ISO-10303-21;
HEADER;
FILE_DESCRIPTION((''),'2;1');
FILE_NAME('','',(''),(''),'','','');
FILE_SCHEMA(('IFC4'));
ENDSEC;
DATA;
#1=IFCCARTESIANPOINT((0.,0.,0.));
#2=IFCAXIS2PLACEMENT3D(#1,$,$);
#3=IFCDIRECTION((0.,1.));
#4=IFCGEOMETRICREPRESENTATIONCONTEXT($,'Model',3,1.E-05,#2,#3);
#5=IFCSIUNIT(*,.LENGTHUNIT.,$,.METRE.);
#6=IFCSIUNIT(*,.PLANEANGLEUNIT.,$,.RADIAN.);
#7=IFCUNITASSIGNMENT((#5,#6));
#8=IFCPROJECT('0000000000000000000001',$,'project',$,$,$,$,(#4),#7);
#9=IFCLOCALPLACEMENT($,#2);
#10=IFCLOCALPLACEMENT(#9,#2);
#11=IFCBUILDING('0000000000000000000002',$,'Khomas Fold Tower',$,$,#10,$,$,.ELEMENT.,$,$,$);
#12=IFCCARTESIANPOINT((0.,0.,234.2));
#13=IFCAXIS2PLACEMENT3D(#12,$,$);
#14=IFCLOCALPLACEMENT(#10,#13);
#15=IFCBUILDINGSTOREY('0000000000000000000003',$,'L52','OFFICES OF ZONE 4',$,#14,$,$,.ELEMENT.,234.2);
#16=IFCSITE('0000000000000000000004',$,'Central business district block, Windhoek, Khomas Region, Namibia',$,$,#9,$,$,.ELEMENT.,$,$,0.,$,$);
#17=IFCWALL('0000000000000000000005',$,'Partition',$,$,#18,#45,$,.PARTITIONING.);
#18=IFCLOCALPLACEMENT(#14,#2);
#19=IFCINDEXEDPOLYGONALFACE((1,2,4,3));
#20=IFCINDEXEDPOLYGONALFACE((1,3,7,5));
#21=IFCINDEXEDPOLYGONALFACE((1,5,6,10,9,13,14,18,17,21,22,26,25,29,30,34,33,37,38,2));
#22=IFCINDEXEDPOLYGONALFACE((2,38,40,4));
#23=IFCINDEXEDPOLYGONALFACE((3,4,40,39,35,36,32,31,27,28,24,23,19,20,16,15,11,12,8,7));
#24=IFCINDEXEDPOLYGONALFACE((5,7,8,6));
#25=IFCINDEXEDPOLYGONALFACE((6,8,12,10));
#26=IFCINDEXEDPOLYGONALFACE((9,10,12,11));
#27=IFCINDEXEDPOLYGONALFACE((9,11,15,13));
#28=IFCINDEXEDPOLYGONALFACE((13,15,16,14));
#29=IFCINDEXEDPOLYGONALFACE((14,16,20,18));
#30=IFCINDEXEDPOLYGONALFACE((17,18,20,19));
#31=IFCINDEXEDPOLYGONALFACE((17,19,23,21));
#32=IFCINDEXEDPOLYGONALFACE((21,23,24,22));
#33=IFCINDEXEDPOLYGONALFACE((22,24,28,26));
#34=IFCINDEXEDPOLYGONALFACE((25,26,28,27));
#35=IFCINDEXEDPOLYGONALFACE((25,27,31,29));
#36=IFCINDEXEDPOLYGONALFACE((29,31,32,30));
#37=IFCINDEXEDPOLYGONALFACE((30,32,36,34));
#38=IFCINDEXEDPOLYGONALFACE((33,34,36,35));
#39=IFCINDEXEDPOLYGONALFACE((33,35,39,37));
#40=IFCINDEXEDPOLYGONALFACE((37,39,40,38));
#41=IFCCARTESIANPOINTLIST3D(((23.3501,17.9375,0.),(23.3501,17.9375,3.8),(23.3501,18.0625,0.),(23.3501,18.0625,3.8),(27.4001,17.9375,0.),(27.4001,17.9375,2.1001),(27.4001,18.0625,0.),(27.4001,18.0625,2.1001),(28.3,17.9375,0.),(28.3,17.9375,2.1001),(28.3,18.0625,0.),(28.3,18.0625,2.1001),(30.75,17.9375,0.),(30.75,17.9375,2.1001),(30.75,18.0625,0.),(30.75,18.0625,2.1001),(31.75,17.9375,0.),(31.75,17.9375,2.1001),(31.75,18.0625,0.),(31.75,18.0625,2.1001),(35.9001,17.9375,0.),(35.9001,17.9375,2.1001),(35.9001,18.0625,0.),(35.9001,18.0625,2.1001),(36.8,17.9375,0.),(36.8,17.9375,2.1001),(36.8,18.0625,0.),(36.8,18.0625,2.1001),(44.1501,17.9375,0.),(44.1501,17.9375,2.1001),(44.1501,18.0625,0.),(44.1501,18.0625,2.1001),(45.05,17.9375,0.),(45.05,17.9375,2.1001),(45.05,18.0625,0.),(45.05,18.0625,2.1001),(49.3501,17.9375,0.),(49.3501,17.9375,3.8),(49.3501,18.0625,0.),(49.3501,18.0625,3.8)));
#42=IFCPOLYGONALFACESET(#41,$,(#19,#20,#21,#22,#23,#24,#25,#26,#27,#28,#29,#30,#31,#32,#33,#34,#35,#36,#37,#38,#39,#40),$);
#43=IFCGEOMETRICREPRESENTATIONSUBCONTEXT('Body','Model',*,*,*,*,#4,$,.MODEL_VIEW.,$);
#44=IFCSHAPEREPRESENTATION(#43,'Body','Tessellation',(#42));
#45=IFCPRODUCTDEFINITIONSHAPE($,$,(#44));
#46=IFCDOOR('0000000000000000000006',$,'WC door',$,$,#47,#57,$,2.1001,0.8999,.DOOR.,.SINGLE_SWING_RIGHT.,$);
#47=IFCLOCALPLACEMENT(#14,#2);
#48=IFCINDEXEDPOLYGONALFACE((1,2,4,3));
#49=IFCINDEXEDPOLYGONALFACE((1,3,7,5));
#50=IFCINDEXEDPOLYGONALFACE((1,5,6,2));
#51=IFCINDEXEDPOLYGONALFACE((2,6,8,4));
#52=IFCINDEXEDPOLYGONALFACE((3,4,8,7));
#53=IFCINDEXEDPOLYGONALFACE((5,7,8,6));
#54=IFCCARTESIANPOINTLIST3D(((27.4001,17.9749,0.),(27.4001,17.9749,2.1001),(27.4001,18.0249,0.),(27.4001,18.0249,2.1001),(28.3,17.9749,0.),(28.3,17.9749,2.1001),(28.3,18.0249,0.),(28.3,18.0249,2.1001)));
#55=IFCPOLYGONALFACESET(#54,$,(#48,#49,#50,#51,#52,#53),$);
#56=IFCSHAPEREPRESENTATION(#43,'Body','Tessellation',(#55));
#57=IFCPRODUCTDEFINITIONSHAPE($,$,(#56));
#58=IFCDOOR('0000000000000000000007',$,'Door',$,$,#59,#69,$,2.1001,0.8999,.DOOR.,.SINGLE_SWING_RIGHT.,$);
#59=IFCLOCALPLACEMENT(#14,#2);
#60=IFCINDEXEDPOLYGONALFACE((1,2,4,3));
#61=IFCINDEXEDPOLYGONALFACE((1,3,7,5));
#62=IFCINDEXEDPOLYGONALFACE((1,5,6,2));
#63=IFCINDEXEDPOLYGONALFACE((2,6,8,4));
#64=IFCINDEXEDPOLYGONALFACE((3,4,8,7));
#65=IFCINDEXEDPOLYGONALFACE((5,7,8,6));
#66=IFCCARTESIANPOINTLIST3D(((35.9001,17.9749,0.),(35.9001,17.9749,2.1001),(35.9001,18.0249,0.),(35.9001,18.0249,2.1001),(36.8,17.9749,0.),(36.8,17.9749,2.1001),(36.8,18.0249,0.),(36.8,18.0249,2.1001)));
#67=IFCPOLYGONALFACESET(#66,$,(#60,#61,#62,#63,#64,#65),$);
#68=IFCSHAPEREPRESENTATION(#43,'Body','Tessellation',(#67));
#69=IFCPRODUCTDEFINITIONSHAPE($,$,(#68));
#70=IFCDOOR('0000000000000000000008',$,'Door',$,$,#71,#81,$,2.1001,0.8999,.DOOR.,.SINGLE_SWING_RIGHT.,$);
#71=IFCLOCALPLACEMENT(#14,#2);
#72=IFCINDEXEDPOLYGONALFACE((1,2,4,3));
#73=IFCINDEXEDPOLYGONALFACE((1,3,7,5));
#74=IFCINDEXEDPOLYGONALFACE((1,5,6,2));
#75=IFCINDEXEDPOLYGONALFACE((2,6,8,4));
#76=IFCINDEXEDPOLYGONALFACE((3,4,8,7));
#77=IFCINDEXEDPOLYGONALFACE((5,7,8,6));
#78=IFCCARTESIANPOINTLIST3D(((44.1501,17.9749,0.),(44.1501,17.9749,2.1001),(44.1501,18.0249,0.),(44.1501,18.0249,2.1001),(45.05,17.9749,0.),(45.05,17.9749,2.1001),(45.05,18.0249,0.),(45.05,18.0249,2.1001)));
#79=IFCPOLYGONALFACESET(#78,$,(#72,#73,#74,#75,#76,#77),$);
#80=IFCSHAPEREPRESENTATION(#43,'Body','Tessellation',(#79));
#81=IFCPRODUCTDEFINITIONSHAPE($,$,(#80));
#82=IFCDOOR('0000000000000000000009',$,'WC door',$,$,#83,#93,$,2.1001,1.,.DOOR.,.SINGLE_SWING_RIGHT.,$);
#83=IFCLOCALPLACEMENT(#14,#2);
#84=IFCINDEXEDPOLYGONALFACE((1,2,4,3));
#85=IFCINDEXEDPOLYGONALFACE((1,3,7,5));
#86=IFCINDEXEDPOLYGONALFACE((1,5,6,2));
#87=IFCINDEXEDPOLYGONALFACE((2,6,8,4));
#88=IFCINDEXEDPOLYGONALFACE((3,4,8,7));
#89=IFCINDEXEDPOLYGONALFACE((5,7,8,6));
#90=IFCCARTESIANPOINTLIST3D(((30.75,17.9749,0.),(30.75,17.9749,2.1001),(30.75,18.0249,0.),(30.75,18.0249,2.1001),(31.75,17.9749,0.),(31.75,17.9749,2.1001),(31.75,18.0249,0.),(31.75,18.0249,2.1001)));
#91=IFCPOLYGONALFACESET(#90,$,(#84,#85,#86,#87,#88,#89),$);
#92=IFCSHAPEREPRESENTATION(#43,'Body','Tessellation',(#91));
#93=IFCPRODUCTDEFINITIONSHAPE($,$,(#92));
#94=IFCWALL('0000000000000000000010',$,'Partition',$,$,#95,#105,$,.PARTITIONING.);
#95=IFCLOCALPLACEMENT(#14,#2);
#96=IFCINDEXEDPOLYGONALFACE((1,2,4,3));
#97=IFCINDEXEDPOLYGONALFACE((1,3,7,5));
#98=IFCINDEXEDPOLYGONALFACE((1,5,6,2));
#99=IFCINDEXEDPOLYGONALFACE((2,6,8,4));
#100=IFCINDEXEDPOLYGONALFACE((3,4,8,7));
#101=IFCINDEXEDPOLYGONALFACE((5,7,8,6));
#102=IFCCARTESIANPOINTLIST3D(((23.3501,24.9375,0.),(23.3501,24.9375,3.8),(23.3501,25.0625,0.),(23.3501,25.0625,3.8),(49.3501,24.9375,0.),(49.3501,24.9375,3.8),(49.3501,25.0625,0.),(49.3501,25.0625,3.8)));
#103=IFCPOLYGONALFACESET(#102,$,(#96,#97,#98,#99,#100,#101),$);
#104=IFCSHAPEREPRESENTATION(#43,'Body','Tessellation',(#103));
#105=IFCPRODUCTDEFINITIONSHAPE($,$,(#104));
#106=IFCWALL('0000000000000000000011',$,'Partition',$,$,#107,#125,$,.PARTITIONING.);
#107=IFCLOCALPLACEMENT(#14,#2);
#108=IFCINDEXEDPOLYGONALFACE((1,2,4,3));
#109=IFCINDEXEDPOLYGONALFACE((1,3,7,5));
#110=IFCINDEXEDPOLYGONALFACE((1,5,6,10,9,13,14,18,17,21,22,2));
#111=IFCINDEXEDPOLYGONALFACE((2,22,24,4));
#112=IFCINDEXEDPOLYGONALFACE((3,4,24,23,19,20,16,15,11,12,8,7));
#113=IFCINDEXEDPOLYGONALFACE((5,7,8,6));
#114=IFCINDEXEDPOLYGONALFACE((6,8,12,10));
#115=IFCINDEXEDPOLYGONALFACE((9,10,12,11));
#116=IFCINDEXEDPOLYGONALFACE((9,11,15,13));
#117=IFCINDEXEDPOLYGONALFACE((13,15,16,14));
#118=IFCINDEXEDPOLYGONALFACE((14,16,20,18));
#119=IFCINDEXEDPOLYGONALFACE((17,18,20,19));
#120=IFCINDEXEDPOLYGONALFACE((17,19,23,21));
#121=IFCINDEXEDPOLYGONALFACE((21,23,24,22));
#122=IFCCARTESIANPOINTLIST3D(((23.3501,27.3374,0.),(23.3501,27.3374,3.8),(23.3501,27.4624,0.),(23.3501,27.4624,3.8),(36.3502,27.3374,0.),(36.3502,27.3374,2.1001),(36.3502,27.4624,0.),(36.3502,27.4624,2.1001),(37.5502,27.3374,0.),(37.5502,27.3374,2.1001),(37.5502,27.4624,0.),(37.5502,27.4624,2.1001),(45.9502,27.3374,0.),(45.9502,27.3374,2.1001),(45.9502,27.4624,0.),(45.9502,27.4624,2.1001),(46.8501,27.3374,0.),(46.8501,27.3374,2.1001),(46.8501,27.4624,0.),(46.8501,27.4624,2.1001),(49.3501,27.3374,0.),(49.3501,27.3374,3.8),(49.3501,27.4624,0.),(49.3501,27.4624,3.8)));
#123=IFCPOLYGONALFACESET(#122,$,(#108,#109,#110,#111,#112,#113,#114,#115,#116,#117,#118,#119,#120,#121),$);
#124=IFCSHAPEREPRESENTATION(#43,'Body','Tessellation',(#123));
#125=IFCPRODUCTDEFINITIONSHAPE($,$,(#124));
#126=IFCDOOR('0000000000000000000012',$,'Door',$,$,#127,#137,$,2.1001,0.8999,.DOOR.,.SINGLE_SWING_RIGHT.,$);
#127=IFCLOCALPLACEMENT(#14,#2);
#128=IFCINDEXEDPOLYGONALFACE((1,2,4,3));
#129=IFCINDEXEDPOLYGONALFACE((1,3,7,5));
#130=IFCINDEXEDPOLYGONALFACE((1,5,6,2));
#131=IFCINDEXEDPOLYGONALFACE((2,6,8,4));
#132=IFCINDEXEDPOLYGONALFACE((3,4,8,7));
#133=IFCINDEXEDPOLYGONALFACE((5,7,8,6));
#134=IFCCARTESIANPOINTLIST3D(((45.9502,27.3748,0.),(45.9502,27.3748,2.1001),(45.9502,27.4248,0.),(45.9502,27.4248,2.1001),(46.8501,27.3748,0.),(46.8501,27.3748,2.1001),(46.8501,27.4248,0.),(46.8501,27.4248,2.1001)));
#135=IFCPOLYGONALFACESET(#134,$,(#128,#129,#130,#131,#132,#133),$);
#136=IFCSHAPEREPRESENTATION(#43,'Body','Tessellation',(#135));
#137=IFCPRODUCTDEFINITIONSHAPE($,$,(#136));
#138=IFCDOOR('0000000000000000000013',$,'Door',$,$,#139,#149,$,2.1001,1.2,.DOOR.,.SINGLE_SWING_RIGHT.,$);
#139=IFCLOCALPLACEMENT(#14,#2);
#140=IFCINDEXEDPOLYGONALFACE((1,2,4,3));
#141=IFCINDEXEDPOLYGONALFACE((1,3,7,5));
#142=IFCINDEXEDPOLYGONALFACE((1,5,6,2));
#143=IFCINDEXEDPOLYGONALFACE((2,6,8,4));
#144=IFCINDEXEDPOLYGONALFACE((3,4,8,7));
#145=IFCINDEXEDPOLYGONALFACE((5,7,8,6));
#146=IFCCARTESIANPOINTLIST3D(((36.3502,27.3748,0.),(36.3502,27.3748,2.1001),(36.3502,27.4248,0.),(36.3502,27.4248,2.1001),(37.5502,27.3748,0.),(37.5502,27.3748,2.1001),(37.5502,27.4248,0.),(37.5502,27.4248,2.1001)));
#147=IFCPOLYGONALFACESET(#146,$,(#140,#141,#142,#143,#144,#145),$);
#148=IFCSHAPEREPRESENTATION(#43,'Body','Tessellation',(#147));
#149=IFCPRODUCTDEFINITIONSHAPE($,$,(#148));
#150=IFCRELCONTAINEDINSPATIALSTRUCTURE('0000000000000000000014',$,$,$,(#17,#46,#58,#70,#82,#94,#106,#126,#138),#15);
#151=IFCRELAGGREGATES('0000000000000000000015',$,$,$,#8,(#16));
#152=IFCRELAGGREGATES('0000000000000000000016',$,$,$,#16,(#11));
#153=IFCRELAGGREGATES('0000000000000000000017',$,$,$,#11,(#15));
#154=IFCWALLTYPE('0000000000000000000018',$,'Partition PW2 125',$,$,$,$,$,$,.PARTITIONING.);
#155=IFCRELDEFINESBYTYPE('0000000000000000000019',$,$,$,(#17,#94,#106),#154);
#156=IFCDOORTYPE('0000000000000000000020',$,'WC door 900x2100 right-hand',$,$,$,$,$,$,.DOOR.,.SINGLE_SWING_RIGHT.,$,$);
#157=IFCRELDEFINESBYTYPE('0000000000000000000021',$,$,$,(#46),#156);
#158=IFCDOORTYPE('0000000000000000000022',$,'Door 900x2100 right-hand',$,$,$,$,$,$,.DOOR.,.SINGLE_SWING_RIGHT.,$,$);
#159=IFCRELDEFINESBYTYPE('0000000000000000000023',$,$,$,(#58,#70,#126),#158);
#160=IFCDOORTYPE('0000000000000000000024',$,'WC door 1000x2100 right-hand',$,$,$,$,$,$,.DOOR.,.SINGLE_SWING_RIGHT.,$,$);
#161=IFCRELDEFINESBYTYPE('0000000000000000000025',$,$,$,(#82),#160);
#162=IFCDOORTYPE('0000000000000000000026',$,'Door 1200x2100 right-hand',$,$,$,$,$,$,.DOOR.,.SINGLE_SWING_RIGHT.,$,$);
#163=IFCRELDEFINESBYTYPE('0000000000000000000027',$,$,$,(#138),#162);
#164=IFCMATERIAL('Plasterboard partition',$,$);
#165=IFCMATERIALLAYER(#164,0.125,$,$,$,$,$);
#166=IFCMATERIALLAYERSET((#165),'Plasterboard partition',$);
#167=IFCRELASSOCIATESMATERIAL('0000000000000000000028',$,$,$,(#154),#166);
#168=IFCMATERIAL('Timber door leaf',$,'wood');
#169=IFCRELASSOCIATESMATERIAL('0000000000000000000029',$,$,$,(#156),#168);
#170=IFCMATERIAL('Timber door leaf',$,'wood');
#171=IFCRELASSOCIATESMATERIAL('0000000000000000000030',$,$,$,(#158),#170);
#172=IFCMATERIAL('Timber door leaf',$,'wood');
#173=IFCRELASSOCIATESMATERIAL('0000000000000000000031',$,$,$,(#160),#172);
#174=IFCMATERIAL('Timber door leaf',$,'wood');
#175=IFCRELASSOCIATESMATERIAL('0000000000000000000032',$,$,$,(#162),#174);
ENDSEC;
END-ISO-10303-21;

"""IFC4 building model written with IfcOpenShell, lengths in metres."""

from ifc_helpers import new_model, si_unit, direction, frame, frame_2d, origin, place, context, subcontext, project, spatial, rectangle, extrude, source, transform, mapped, material, layer, layer_set, type_object, element, fill, save


model = new_model("IFC4")

# Units and contexts
model_context = context("Model", 3, precision=1e-05, world=origin(), true_north=direction((0.0, 1.0)))
body_context = subcontext(model_context, "Body", "Model", "MODEL_VIEW")
ifc_project = project(units=[si_unit("LENGTHUNIT", "METRE"), si_unit("PLANEANGLEUNIT", "RADIAN")], contexts=[model_context])

# Site, building, storey
site_placement = place(None, origin())
site = spatial("IfcSite", under=ifc_project, at=site_placement, Name="Central business district block, Windhoek, Khomas Region, Namibia", CompositionType="ELEMENT", RefElevation=0.0)
building_placement = place(site_placement, origin())
building = spatial("IfcBuilding", under=site, at=building_placement, Name="Khomas Fold Tower", CompositionType="ELEMENT")
storey_placement = place(building_placement, frame((0.0, 0.0, 234.2)))
storey = spatial("IfcBuildingStorey", under=building, at=storey_placement, Name="L52", Description="OFFICES OF ZONE 4", CompositionType="ELEMENT", Elevation=234.2)

# Wall, openings, doors
ifc_material_1 = material(Name="Plasterboard partition")
ifc_layer_1 = layer(ifc_material_1, 0.125)
ifc_layer_set_1 = layer_set([ifc_layer_1], Name="Plasterboard partition")
wall_type_1 = type_object("IfcWallType", Name="Partition PW2 125", PredefinedType="PARTITIONING", material=ifc_layer_set_1)
shared_shape_1 = source(origin(), body_context, "Body", "SweptSolid", [
    extrude(rectangle(XDim=26.0, YDim=0.125, at=frame_2d((13.0, 0.0))), origin(), (0.0, 0.0, 1.0), 3.8),
])
wall_1_placement = place(storey_placement, frame((23.3501, 18.0, 0.0), z_axis=(0.0, 0.0, 1.0), x_axis=(1.0, 0.0, 0.0)))
wall_1 = element("IfcWall", 1, at=wall_1_placement, inside=storey, type_object=wall_type_1, Name="Partition", PredefinedType="PARTITIONING", context=body_context, shape_type="MappedRepresentation", body=[
    mapped(shared_shape_1, transform((0.0, 0.0, 0.0))),
])
shared_shape_2 = source(origin(), body_context, "Body", "SweptSolid", [
    extrude(rectangle(XDim=0.8999, YDim=2.1001, at=frame_2d((0.45, 1.05))), frame((0.0, 0.0725, 0.0), z_axis=(0.0, -1.0, 0.0), x_axis=(1.0, 0.0, 0.0)), (0.0, 0.0, 1.0), 0.145),
])
opening_1_placement = place(wall_1_placement, frame((4.05, 0.0, 0.0)))
opening_1 = element("IfcOpeningElement", 2, at=opening_1_placement, cuts=wall_1, PredefinedType="OPENING", context=body_context, shape_type="MappedRepresentation", body=[
    mapped(shared_shape_2, transform((0.0, 0.0, 0.0))),
])
shared_shape_3 = source(origin(), body_context, "Body", "SweptSolid", [
    extrude(rectangle(XDim=1.0, YDim=2.1001, at=frame_2d((0.5, 1.05))), frame((0.0, 0.0725, 0.0), z_axis=(0.0, -1.0, 0.0), x_axis=(1.0, 0.0, 0.0)), (0.0, 0.0, 1.0), 0.145),
])
opening_2_placement = place(wall_1_placement, frame((7.3999, 0.0, 0.0)))
opening_2 = element("IfcOpeningElement", 3, at=opening_2_placement, cuts=wall_1, PredefinedType="OPENING", context=body_context, shape_type="MappedRepresentation", body=[
    mapped(shared_shape_3, transform((0.0, 0.0, 0.0))),
])
opening_3_placement = place(wall_1_placement, frame((12.55, 0.0, 0.0)))
opening_3 = element("IfcOpeningElement", 4, at=opening_3_placement, cuts=wall_1, PredefinedType="OPENING", context=body_context, shape_type="MappedRepresentation", body=[
    mapped(shared_shape_2, transform((0.0, 0.0, 0.0))),
])
opening_4_placement = place(wall_1_placement, frame((20.8, 0.0, 0.0)))
opening_4 = element("IfcOpeningElement", 5, at=opening_4_placement, cuts=wall_1, PredefinedType="OPENING", context=body_context, shape_type="MappedRepresentation", body=[
    mapped(shared_shape_2, transform((0.0, 0.0, 0.0))),
])
ifc_material_2 = material(Name="Timber door leaf", Category="wood")
door_type_1 = type_object("IfcDoorType", Name="WC door 900x2100 right-hand", OperationType="SINGLE_SWING_RIGHT", PredefinedType="DOOR", material=ifc_material_2)
shared_shape_4 = source(origin(), body_context, "Body", "SweptSolid", [
    extrude(rectangle(XDim=0.8999, YDim=2.1001, at=frame_2d((0.45, 1.05))), frame((0.0, 0.0249, 0.0), z_axis=(0.0, -1.0, 0.0), x_axis=(1.0, 0.0, 0.0)), (0.0, 0.0, 1.0), 0.05),
])
door_1_placement = place(opening_1_placement, origin())
door_1 = element("IfcDoor", 6, at=door_1_placement, inside=storey, type_object=door_type_1, Name="WC door", OperationType="SINGLE_SWING_RIGHT", OverallHeight=2.1001, OverallWidth=0.8999, PredefinedType="DOOR", context=body_context, shape_type="MappedRepresentation", body=[
    mapped(shared_shape_4, transform((0.0, 0.0, 0.0))),
])
fill(opening_1, door_1)
ifc_material_3 = material(Name="Timber door leaf", Category="wood")
door_type_2 = type_object("IfcDoorType", Name="Door 900x2100 right-hand", OperationType="SINGLE_SWING_RIGHT", PredefinedType="DOOR", material=ifc_material_3)
door_2_placement = place(opening_3_placement, origin())
door_2 = element("IfcDoor", 7, at=door_2_placement, inside=storey, type_object=door_type_2, Name="Door", OperationType="SINGLE_SWING_RIGHT", OverallHeight=2.1001, OverallWidth=0.8999, PredefinedType="DOOR", context=body_context, shape_type="MappedRepresentation", body=[
    mapped(shared_shape_4, transform((0.0, 0.0, 0.0))),
])
fill(opening_3, door_2)
door_3_placement = place(opening_4_placement, origin())
door_3 = element("IfcDoor", 8, at=door_3_placement, inside=storey, type_object=door_type_2, Name="Door", OperationType="SINGLE_SWING_RIGHT", OverallHeight=2.1001, OverallWidth=0.8999, PredefinedType="DOOR", context=body_context, shape_type="MappedRepresentation", body=[
    mapped(shared_shape_4, transform((0.0, 0.0, 0.0))),
])
fill(opening_4, door_3)
ifc_material_4 = material(Name="Timber door leaf", Category="wood")
door_type_3 = type_object("IfcDoorType", Name="WC door 1000x2100 right-hand", OperationType="SINGLE_SWING_RIGHT", PredefinedType="DOOR", material=ifc_material_4)
shared_shape_5 = source(origin(), body_context, "Body", "SweptSolid", [
    extrude(rectangle(XDim=1.0, YDim=2.1001, at=frame_2d((0.5, 1.05))), frame((0.0, 0.0249, 0.0), z_axis=(0.0, -1.0, 0.0), x_axis=(1.0, 0.0, 0.0)), (0.0, 0.0, 1.0), 0.05),
])
door_4_placement = place(opening_2_placement, origin())
door_4 = element("IfcDoor", 9, at=door_4_placement, inside=storey, type_object=door_type_3, Name="WC door", OperationType="SINGLE_SWING_RIGHT", OverallHeight=2.1001, OverallWidth=1.0, PredefinedType="DOOR", context=body_context, shape_type="MappedRepresentation", body=[
    mapped(shared_shape_5, transform((0.0, 0.0, 0.0))),
])
fill(opening_2, door_4)

# Wall
wall_2_placement = place(storey_placement, frame((23.3501, 25.0, 0.0), z_axis=(0.0, 0.0, 1.0), x_axis=(1.0, 0.0, 0.0)))
element("IfcWall", 10, at=wall_2_placement, inside=storey, type_object=wall_type_1, Name="Partition", PredefinedType="PARTITIONING", context=body_context, shape_type="MappedRepresentation", body=[
    mapped(shared_shape_1, transform((0.0, 0.0, 0.0))),
])

# Wall, openings, doors
wall_3_placement = place(storey_placement, frame((23.3501, 27.3999, 0.0), z_axis=(0.0, 0.0, 1.0), x_axis=(1.0, 0.0, 0.0)))
wall_3 = element("IfcWall", 11, at=wall_3_placement, inside=storey, type_object=wall_type_1, Name="Partition", PredefinedType="PARTITIONING", context=body_context, shape_type="MappedRepresentation", body=[
    mapped(shared_shape_1, transform((0.0, 0.0, 0.0))),
])
shared_shape_6 = source(origin(), body_context, "Body", "SweptSolid", [
    extrude(rectangle(XDim=1.2, YDim=2.1001, at=frame_2d((0.6001, 1.05))), frame((0.0, 0.0725, 0.0), z_axis=(0.0, -1.0, 0.0), x_axis=(1.0, 0.0, 0.0)), (0.0, 0.0, 1.0), 0.145),
])
opening_5_placement = place(wall_3_placement, frame((13.0, 0.0, 0.0)))
opening_5 = element("IfcOpeningElement", 12, at=opening_5_placement, cuts=wall_3, PredefinedType="OPENING", context=body_context, shape_type="MappedRepresentation", body=[
    mapped(shared_shape_6, transform((0.0, 0.0, 0.0))),
])
opening_6_placement = place(wall_3_placement, frame((22.6001, 0.0, 0.0)))
opening_6 = element("IfcOpeningElement", 13, at=opening_6_placement, cuts=wall_3, PredefinedType="OPENING", context=body_context, shape_type="MappedRepresentation", body=[
    mapped(shared_shape_2, transform((0.0, 0.0, 0.0))),
])
door_5_placement = place(opening_6_placement, origin())
door_5 = element("IfcDoor", 14, at=door_5_placement, inside=storey, type_object=door_type_2, Name="Door", OperationType="SINGLE_SWING_RIGHT", OverallHeight=2.1001, OverallWidth=0.8999, PredefinedType="DOOR", context=body_context, shape_type="MappedRepresentation", body=[
    mapped(shared_shape_4, transform((0.0, 0.0, 0.0))),
])
fill(opening_6, door_5)
ifc_material_5 = material(Name="Timber door leaf", Category="wood")
door_type_4 = type_object("IfcDoorType", Name="Door 1200x2100 right-hand", OperationType="SINGLE_SWING_RIGHT", PredefinedType="DOOR", material=ifc_material_5)
shared_shape_7 = source(origin(), body_context, "Body", "SweptSolid", [
    extrude(rectangle(XDim=1.2, YDim=2.1001, at=frame_2d((0.6001, 1.05))), frame((0.0, 0.0249, 0.0), z_axis=(0.0, -1.0, 0.0), x_axis=(1.0, 0.0, 0.0)), (0.0, 0.0, 1.0), 0.05),
])
door_6_placement = place(opening_5_placement, origin())
door_6 = element("IfcDoor", 15, at=door_6_placement, inside=storey, type_object=door_type_4, Name="Door", OperationType="SINGLE_SWING_RIGHT", OverallHeight=2.1001, OverallWidth=1.2, PredefinedType="DOOR", context=body_context, shape_type="MappedRepresentation", body=[
    mapped(shared_shape_7, transform((0.0, 0.0, 0.0))),
])
fill(opening_5, door_6)

save(model, "model.ifc")
